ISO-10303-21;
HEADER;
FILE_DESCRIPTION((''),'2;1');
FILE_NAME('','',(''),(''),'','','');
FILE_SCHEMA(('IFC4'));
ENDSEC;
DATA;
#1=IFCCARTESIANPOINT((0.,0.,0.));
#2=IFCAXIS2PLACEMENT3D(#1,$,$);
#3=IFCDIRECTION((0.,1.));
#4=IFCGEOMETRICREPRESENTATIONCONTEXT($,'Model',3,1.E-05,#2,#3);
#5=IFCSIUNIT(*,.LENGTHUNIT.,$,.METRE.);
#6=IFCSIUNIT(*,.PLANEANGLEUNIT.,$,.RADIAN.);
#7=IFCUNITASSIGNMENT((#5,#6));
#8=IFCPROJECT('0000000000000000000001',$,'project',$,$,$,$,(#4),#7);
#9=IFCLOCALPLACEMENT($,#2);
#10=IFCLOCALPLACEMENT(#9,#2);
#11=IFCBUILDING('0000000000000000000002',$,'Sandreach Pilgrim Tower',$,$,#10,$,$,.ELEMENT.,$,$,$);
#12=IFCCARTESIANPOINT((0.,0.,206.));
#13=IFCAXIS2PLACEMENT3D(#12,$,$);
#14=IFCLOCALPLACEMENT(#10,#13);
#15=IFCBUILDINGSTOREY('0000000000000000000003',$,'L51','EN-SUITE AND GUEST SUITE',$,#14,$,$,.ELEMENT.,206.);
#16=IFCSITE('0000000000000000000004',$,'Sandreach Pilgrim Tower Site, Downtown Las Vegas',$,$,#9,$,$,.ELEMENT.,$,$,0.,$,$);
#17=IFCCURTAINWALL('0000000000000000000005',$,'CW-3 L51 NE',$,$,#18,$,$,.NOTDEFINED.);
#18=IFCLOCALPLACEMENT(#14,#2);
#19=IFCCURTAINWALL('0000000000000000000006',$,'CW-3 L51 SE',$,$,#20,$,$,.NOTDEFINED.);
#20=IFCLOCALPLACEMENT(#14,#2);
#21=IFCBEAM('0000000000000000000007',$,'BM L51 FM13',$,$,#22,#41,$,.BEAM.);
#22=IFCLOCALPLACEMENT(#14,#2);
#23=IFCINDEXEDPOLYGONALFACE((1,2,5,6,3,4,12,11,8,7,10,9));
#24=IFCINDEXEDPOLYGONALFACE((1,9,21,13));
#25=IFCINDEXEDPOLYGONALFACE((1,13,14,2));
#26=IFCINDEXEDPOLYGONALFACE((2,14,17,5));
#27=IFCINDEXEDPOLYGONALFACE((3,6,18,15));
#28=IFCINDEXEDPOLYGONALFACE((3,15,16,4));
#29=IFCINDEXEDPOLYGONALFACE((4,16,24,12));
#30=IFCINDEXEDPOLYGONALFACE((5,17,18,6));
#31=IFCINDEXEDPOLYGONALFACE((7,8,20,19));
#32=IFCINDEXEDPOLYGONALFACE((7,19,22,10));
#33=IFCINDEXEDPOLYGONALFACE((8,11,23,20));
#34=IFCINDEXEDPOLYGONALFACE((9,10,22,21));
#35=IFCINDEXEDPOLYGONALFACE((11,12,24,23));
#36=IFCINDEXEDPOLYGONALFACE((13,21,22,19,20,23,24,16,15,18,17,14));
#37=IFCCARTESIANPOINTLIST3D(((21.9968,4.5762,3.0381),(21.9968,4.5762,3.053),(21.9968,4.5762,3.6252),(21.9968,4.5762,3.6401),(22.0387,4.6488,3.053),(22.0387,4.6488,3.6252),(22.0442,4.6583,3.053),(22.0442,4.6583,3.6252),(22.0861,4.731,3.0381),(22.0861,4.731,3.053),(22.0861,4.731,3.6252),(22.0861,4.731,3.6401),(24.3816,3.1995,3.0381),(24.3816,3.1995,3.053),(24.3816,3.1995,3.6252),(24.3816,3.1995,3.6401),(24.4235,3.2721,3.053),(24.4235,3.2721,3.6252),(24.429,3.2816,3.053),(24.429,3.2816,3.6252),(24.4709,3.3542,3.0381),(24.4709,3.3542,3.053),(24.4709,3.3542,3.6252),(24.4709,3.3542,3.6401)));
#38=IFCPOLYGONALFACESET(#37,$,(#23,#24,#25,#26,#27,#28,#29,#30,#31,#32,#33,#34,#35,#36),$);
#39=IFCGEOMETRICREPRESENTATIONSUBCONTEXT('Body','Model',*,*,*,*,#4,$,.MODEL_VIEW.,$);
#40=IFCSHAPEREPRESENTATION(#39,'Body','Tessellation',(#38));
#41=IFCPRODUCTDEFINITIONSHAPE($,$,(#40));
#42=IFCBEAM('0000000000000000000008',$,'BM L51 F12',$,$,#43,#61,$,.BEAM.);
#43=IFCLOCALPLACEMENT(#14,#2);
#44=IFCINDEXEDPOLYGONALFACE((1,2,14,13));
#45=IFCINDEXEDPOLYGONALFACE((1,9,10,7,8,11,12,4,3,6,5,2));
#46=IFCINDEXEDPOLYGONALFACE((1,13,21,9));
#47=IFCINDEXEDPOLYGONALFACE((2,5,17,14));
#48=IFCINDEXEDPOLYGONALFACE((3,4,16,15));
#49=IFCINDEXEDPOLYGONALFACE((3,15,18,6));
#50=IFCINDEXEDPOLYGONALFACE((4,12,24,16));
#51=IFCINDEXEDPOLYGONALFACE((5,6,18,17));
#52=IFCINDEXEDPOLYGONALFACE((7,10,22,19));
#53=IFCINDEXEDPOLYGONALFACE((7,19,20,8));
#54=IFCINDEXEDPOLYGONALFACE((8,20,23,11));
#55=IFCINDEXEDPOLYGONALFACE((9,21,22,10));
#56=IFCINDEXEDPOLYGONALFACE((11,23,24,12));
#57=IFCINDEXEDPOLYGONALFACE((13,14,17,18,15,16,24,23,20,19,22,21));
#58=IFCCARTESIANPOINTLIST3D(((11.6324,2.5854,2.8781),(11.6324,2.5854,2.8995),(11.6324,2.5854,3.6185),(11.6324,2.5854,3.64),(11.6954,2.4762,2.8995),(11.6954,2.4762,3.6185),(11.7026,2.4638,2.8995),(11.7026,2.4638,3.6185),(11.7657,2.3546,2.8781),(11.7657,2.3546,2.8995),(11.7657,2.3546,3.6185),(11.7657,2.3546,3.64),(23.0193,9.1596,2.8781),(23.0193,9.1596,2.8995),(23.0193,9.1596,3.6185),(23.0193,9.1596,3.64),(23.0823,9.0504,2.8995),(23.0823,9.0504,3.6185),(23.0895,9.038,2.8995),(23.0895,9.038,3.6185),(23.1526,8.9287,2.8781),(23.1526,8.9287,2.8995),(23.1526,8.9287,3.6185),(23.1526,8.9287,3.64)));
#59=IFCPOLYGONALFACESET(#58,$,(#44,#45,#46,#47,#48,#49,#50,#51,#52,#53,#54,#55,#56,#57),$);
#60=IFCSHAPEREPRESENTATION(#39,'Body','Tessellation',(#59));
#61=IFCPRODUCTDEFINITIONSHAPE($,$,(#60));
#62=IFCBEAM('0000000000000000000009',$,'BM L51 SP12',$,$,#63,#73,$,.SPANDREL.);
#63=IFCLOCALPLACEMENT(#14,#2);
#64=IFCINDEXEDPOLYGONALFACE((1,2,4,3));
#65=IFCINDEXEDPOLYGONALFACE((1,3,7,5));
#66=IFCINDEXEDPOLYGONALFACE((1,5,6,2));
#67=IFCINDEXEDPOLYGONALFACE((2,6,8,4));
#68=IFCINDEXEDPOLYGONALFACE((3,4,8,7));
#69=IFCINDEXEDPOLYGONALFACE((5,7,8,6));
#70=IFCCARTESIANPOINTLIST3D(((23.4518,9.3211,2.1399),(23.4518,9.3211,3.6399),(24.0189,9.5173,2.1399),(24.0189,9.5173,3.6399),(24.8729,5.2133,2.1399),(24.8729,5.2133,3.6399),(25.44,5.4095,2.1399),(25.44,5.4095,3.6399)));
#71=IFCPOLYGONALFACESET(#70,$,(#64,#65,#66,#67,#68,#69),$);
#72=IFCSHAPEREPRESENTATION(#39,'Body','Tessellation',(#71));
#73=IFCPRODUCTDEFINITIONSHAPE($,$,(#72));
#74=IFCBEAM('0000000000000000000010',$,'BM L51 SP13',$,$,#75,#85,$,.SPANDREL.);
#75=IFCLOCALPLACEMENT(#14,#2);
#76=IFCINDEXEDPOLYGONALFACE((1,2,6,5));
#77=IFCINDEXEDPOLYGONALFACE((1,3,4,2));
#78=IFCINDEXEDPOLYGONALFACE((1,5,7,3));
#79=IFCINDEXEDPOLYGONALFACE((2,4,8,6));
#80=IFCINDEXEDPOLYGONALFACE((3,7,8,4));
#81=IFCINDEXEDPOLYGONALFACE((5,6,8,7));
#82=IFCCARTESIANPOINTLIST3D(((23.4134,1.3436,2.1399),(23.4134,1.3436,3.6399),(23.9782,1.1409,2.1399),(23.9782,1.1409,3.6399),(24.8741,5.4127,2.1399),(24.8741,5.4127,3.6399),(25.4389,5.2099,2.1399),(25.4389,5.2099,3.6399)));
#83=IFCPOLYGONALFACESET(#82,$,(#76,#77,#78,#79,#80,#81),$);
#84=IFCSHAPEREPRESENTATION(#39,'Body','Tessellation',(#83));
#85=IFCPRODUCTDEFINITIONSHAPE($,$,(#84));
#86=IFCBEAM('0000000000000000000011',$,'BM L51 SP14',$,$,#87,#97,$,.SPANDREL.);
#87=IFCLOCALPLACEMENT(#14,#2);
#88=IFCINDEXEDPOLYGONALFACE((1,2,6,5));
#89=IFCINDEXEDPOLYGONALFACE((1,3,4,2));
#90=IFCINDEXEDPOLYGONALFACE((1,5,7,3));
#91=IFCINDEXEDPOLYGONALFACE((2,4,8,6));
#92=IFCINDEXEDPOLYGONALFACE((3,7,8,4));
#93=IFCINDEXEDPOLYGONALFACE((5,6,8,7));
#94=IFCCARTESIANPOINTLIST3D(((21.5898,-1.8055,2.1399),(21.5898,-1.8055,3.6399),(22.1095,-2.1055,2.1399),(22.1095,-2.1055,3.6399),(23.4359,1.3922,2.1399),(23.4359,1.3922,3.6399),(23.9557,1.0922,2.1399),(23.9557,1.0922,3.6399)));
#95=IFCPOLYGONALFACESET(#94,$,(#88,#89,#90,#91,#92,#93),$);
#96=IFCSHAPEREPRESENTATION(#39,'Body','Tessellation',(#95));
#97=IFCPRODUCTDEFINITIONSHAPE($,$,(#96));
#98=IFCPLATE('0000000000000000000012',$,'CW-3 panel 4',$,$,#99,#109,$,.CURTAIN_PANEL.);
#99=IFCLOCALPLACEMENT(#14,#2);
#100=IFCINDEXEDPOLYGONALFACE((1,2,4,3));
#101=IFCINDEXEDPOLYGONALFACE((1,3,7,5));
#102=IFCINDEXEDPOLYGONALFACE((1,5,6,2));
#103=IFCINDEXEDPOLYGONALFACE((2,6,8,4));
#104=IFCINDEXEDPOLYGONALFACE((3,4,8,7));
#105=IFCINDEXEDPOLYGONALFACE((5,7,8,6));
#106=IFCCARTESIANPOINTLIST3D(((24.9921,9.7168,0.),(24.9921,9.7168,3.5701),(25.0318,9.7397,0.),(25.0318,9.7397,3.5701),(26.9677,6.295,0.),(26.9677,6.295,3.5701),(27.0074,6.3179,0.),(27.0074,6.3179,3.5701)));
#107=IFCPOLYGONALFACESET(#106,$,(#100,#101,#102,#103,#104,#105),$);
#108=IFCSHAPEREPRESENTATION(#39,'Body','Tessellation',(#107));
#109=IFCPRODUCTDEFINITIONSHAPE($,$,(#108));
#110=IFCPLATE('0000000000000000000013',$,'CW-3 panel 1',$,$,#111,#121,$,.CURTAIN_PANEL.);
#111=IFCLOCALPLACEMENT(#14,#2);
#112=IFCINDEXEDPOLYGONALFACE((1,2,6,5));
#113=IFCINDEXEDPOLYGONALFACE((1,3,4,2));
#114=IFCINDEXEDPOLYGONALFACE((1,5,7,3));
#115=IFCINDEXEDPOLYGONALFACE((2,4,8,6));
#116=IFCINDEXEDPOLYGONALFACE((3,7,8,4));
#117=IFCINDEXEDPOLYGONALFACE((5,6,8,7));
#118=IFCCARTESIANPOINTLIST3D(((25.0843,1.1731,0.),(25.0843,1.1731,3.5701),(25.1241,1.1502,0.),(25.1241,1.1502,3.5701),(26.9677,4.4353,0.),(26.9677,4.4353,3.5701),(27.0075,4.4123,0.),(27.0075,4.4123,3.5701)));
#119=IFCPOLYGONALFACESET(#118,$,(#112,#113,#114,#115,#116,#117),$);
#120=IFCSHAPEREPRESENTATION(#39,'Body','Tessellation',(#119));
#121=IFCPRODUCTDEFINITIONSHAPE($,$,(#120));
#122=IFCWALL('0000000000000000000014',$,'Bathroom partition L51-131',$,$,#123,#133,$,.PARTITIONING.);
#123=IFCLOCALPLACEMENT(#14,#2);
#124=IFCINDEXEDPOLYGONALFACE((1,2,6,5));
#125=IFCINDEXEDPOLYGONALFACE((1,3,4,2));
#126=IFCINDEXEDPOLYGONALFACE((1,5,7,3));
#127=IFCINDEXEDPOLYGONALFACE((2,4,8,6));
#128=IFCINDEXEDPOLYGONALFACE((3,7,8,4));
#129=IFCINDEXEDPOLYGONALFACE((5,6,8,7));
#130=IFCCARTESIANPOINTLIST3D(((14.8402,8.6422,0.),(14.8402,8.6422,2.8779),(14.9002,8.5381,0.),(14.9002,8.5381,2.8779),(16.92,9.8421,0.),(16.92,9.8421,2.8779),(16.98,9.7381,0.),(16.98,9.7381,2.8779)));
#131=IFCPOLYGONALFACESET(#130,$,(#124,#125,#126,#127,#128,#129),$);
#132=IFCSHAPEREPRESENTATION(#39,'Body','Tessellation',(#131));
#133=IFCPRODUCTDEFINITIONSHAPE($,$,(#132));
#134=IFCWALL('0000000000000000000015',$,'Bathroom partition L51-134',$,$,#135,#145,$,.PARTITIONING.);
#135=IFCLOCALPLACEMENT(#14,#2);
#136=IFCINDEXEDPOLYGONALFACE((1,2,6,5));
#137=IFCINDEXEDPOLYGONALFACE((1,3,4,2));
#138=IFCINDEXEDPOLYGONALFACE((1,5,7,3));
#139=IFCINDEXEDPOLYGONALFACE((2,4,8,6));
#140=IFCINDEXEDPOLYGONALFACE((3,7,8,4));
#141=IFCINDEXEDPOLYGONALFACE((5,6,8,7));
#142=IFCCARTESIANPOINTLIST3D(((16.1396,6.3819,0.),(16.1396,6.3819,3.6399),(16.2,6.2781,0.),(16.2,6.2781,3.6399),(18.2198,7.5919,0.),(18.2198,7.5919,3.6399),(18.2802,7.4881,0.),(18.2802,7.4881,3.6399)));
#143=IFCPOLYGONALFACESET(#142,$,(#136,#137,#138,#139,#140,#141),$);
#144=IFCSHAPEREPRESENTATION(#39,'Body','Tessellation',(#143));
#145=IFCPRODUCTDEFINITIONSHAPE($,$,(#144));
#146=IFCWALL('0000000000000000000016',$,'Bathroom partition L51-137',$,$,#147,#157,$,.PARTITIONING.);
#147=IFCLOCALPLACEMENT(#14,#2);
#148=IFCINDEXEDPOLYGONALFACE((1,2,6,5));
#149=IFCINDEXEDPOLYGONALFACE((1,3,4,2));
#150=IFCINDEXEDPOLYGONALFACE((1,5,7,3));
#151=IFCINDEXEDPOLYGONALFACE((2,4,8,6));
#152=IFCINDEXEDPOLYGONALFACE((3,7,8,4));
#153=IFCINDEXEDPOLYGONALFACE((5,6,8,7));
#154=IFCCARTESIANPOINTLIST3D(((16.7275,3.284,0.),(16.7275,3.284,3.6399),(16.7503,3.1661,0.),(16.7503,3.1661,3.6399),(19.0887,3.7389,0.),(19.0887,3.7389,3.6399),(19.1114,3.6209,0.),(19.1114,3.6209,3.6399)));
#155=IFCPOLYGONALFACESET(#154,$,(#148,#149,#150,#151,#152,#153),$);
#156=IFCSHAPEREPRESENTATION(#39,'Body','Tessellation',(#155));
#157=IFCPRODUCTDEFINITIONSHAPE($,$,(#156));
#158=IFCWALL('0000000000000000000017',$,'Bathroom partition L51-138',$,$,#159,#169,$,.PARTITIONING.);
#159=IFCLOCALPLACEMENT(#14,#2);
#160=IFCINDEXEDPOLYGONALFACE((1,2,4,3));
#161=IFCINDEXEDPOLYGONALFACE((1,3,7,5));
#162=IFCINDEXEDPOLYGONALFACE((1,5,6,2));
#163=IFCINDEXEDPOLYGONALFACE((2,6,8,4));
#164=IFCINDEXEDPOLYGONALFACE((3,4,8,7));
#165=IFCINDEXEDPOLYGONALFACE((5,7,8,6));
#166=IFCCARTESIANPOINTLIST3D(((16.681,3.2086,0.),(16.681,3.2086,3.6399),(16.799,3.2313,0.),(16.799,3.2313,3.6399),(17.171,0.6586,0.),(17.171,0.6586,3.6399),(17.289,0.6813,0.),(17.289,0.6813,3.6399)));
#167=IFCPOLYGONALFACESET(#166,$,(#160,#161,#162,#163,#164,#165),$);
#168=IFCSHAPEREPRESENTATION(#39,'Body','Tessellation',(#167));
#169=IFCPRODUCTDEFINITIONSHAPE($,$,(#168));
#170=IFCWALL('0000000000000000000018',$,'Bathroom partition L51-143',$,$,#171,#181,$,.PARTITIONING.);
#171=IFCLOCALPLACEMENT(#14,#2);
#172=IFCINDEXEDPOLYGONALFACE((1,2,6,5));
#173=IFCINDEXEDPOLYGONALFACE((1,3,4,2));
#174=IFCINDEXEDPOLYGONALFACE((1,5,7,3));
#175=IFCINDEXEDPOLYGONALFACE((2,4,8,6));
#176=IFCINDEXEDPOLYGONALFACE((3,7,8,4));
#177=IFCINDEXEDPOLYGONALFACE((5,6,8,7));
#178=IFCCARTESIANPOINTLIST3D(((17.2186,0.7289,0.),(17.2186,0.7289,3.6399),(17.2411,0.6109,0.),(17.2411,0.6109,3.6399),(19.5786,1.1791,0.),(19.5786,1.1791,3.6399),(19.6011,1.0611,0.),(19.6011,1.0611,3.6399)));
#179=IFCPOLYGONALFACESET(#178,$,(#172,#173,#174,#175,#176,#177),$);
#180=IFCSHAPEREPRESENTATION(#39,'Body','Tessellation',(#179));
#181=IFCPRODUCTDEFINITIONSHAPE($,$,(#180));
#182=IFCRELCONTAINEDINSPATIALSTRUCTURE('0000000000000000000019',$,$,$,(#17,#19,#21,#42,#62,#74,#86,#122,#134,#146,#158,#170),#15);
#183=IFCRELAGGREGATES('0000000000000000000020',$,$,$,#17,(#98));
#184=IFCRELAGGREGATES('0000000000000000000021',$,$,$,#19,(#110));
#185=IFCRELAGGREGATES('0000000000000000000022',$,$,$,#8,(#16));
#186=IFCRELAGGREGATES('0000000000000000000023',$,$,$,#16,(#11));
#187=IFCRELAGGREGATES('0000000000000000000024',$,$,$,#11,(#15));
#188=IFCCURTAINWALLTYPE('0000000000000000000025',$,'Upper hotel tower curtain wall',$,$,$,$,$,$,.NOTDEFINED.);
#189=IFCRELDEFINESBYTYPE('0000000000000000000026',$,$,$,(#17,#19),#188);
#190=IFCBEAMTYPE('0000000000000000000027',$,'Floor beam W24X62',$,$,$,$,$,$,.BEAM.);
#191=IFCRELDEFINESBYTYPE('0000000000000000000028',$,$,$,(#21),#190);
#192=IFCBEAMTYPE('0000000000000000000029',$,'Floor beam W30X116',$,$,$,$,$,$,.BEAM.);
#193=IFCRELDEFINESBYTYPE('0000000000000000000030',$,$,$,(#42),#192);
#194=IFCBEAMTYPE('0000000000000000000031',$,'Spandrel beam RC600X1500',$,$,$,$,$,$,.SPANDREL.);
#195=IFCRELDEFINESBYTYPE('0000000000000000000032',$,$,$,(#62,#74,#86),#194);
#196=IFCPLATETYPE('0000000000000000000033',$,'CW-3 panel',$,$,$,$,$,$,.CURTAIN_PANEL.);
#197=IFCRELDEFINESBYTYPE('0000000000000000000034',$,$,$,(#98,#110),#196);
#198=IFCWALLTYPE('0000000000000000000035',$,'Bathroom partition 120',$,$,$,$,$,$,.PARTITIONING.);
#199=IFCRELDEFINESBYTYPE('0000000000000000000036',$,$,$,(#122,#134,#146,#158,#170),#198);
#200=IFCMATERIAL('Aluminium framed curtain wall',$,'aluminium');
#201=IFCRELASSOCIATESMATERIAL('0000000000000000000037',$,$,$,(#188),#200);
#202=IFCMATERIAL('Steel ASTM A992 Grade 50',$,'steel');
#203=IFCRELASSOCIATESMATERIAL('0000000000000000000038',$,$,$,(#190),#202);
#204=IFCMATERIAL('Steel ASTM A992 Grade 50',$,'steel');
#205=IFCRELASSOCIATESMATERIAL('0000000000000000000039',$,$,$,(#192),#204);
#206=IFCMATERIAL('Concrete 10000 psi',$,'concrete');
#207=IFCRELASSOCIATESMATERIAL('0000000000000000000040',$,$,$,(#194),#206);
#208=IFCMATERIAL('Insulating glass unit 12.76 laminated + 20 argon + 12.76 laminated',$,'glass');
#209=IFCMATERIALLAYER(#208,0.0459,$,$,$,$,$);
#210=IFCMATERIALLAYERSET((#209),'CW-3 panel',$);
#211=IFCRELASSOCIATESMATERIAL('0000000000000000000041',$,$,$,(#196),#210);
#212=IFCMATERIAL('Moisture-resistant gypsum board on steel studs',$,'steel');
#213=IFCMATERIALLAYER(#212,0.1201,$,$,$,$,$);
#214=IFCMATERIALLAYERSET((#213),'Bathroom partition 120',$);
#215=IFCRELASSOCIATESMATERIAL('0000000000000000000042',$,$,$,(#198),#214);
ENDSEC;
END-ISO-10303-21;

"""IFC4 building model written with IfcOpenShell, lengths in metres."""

from ifc_helpers import new_model, si_unit, direction, frame, frame_2d, origin, origin_2d, place, context, subcontext, project, spatial, rectangle, i_section, extrude, material, layer, layer_set, material_profile, profile_set, type_object, element, aggregate, save


model = new_model("IFC4")

# Units and contexts
model_context = context("Model", 3, precision=1e-05, world=origin(), true_north=direction((0.0, 1.0)))
body_context = subcontext(model_context, "Body", "Model", "MODEL_VIEW")
ifc_project = project(units=[si_unit("LENGTHUNIT", "METRE"), si_unit("PLANEANGLEUNIT", "RADIAN")], contexts=[model_context])

# Site, building, storey
site_placement = place(None, origin())
site = spatial("IfcSite", under=ifc_project, at=site_placement, Name="Sandreach Pilgrim Tower Site, Downtown Las Vegas", CompositionType="ELEMENT", RefElevation=0.0)
building_placement = place(site_placement, origin())
building = spatial("IfcBuilding", under=site, at=building_placement, Name="Sandreach Pilgrim Tower", CompositionType="ELEMENT")
storey_placement = place(building_placement, frame((0.0, 0.0, 206.0)))
storey = spatial("IfcBuildingStorey", under=building, at=storey_placement, Name="L51", Description="EN-SUITE AND GUEST SUITE", CompositionType="ELEMENT", Elevation=206.0)

# Curtain wall
ifc_material_1 = material(Name="Aluminium framed curtain wall", Category="aluminium")
curtain_wall_type = type_object("IfcCurtainWallType", Name="Upper hotel tower curtain wall", PredefinedType="NOTDEFINED", material=ifc_material_1)
curtain_wall_1_placement = place(storey_placement, origin())
curtain_wall_1 = element("IfcCurtainWall", 1, at=curtain_wall_1_placement, inside=storey, type_object=curtain_wall_type, Name="CW-3 L51 NE", PredefinedType="NOTDEFINED")

# Curtain wall
curtain_wall_2_placement = place(storey_placement, origin())
curtain_wall_2 = element("IfcCurtainWall", 2, at=curtain_wall_2_placement, inside=storey, type_object=curtain_wall_type, Name="CW-3 L51 SE", PredefinedType="NOTDEFINED")

# Beams
ifc_material_2 = material(Name="Steel ASTM A992 Grade 50", Category="steel")
ifc_material_profile_1 = material_profile(ifc_material_2, i_section(OverallWidth=0.1787, OverallDepth=0.6021, WebThickness=0.011, FlangeThickness=0.0149, at=origin_2d()), Name="W24X62")
ifc_profile_set_1 = profile_set([ifc_material_profile_1], Name="Steel ASTM A992 Grade 50")
beam_type_1 = type_object("IfcBeamType", Name="Floor beam W24X62", PredefinedType="BEAM", material=ifc_profile_set_1)
beam_1_placement = place(storey_placement, frame((24.4263, 3.2769, 3.3391), z_axis=(-0.866047, 0.499963, 0.0), x_axis=(-0.499963, -0.866047, 0.0)))
element("IfcBeam", 3, at=beam_1_placement, inside=storey, type_object=beam_type_1, Name="BM L51 FM13", PredefinedType="BEAM", context=body_context, shape_type="SweptSolid", body=[
    extrude(i_section(OverallWidth=0.1787, OverallDepth=0.6021, WebThickness=0.011, FlangeThickness=0.0149, at=origin_2d()), origin(), (0.0, 0.0, 1.0), 2.7537),
])
ifc_material_3 = material(Name="Steel ASTM A992 Grade 50", Category="steel")
ifc_material_profile_2 = material_profile(ifc_material_3, i_section(OverallWidth=0.2666, OverallDepth=0.762, WebThickness=0.0144, FlangeThickness=0.0215, at=origin_2d()), Name="W30X116")
ifc_profile_set_2 = profile_set([ifc_material_profile_2], Name="Steel ASTM A992 Grade 50")
beam_type_2 = type_object("IfcBeamType", Name="Floor beam W30X116", PredefinedType="BEAM", material=ifc_profile_set_2)
beam_2_placement = place(storey_placement, frame((23.0859, 9.0442, 3.259), z_axis=(-0.866027, -0.499997, 0.0), x_axis=(0.499997, -0.866027, 0.0)))
element("IfcBeam", 4, at=beam_2_placement, inside=storey, type_object=beam_type_2, Name="BM L51 F12", PredefinedType="BEAM", context=body_context, shape_type="SweptSolid", body=[
    extrude(i_section(OverallWidth=0.2666, OverallDepth=0.762, WebThickness=0.0144, FlangeThickness=0.0215, at=origin_2d()), origin(), (0.0, 0.0, 1.0), 13.1484),
])
ifc_material_4 = material(Name="Concrete 10000 psi", Category="concrete")
ifc_material_profile_3 = material_profile(ifc_material_4, rectangle(XDim=0.6001, YDim=1.5, at=origin_2d()), Name="RC600X1500")
ifc_profile_set_3 = profile_set([ifc_material_profile_3], Name="Concrete 10000 psi")
beam_type_3 = type_object("IfcBeamType", Name="Spandrel beam RC600X1500", PredefinedType="SPANDREL", material=ifc_profile_set_3)
beam_3_placement = place(storey_placement, frame((23.7354, 9.4192, 2.8899), z_axis=(0.326941, -0.945045, 0.0), x_axis=(0.945045, 0.326941, 0.0)))
element("IfcBeam", 5, at=beam_3_placement, inside=storey, type_object=beam_type_3, Name="BM L51 SP12", PredefinedType="SPANDREL", context=body_context, shape_type="SweptSolid", body=[
    extrude(rectangle(XDim=0.6001, YDim=1.5, at=origin_2d()), origin(), (0.0, 0.0, 1.0), 4.3467),
])
beam_4_placement = place(storey_placement, frame((25.1565, 5.3113, 2.8899), z_axis=(-0.337863, -0.941195, 0.0), x_axis=(0.941195, -0.337863, 0.0)))
element("IfcBeam", 6, at=beam_4_placement, inside=storey, type_object=beam_type_3, Name="BM L51 SP13", PredefinedType="SPANDREL", context=body_context, shape_type="SweptSolid", body=[
    extrude(rectangle(XDim=0.6001, YDim=1.5, at=origin_2d()), origin(), (0.0, 0.0, 1.0), 4.3232),
])
beam_5_placement = place(storey_placement, frame((23.6958, 1.2422, 2.8899), z_axis=(-0.499993, -0.866029, 0.0), x_axis=(0.866029, -0.499993, 0.0)))
element("IfcBeam", 7, at=beam_5_placement, inside=storey, type_object=beam_type_3, Name="BM L51 SP14", PredefinedType="SPANDREL", context=body_context, shape_type="SweptSolid", body=[
    extrude(rectangle(XDim=0.6001, YDim=1.5, at=origin_2d()), origin(), (0.0, 0.0, 1.0), 3.6924),
])

# Plates
ifc_material_5 = material(Name="Insulating glass unit 12.76 laminated + 20 argon + 12.76 laminated", Category="glass")
ifc_layer_1 = layer(ifc_material_5, 0.0459)
ifc_layer_set_1 = layer_set([ifc_layer_1], Name="CW-3 panel")
plate_type = type_object("IfcPlateType", Name="CW-3 panel", PredefinedType="CURTAIN_PANEL", material=ifc_layer_set_1)
plate_1_placement = place(storey_placement, frame((25.9998, 8.0173, 0.0), z_axis=(0.0, 0.0, 1.0), x_axis=(0.5, -0.866025, 0.0)))
plate_1 = element("IfcPlate", 8, at=plate_1_placement, type_object=plate_type, Name="CW-3 panel 4", PredefinedType="CURTAIN_PANEL", context=body_context, shape_type="SweptSolid", body=[
    extrude(rectangle(XDim=3.9512, YDim=0.0459, at=origin_2d()), origin(), (0.0, 0.0, 1.0), 3.5701),
])
aggregate(curtain_wall_1, [plate_1])
plate_2_placement = place(storey_placement, frame((26.0459, 2.7927, 0.0), z_axis=(0.0, 0.0, 1.0), x_axis=(-0.5, -0.866025, 0.0)))
plate_2 = element("IfcPlate", 9, at=plate_2_placement, type_object=plate_type, Name="CW-3 panel 1", PredefinedType="CURTAIN_PANEL", context=body_context, shape_type="SweptSolid", body=[
    extrude(rectangle(XDim=3.7668, YDim=0.0459, at=origin_2d()), origin(), (0.0, 0.0, 1.0), 3.5701),
])
aggregate(curtain_wall_2, [plate_2])

# Walls
ifc_material_6 = material(Name="Moisture-resistant gypsum board on steel studs", Category="steel")
ifc_layer_2 = layer(ifc_material_6, 0.1201)
ifc_layer_set_2 = layer_set([ifc_layer_2], Name="Bathroom partition 120")
wall_type_1 = type_object("IfcWallType", Name="Bathroom partition 120", PredefinedType="PARTITIONING", material=ifc_layer_set_2)
wall_1_placement = place(storey_placement, frame((14.8701, 8.5901, 0.0), z_axis=(0.0, 0.0, 1.0), x_axis=(0.866177, 0.499737, 0.0)))
element("IfcWall", 10, at=wall_1_placement, inside=storey, type_object=wall_type_1, Name="Bathroom partition L51-131", PredefinedType="PARTITIONING", context=body_context, shape_type="SweptSolid", body=[
    extrude(rectangle(XDim=2.4011, YDim=0.1201, at=frame_2d((1.2007, 0.0))), origin(), (0.0, 0.0, 1.0), 2.8779),
])
wall_2_placement = place(storey_placement, frame((16.1699, 6.3301, 0.0), z_axis=(0.0, 0.0, 1.0), x_axis=(0.864396, 0.502811, 0.0)))
element("IfcWall", 11, at=wall_2_placement, inside=storey, type_object=wall_type_1, Name="Bathroom partition L51-134", PredefinedType="PARTITIONING", context=body_context, shape_type="SweptSolid", body=[
    extrude(rectangle(XDim=2.4065, YDim=0.1201, at=frame_2d((1.2031, 0.0))), origin(), (0.0, 0.0, 1.0), 3.6399),
])
wall_3_placement = place(storey_placement, frame((16.739, 3.2251, 0.0), z_axis=(0.0, 0.0, 1.0), x_axis=(0.981946, 0.18916, 0.0)))
element("IfcWall", 12, at=wall_3_placement, inside=storey, type_object=wall_type_1, Name="Bathroom partition L51-137", PredefinedType="PARTITIONING", context=body_context, shape_type="SweptSolid", body=[
    extrude(rectangle(XDim=2.4045, YDim=0.1201, at=frame_2d((1.2021, 0.0))), origin(), (0.0, 0.0, 1.0), 3.6399),
])
wall_4_placement = place(storey_placement, frame((16.74, 3.22, 0.0), z_axis=(0.0, 0.0, 1.0), x_axis=(0.188697, -0.982035, 0.0)))
element("IfcWall", 13, at=wall_4_placement, inside=storey, type_object=wall_type_1, Name="Bathroom partition L51-138", PredefinedType="PARTITIONING", context=body_context, shape_type="SweptSolid", body=[
    extrude(rectangle(XDim=2.5967, YDim=0.1201, at=frame_2d((1.2983, 0.0))), origin(), (0.0, 0.0, 1.0), 3.6399),
])
wall_5_placement = place(storey_placement, frame((17.23, 0.6699, 0.0), z_axis=(0.0, 0.0, 1.0), x_axis=(0.982289, 0.187374, 0.0)))
element("IfcWall", 14, at=wall_5_placement, inside=storey, type_object=wall_type_1, Name="Bathroom partition L51-143", PredefinedType="PARTITIONING", context=body_context, shape_type="SweptSolid", body=[
    extrude(rectangle(XDim=2.4026, YDim=0.1201, at=frame_2d((1.2012, 0.0))), origin(), (0.0, 0.0, 1.0), 3.6399),
])

save(model, "model.ifc")
